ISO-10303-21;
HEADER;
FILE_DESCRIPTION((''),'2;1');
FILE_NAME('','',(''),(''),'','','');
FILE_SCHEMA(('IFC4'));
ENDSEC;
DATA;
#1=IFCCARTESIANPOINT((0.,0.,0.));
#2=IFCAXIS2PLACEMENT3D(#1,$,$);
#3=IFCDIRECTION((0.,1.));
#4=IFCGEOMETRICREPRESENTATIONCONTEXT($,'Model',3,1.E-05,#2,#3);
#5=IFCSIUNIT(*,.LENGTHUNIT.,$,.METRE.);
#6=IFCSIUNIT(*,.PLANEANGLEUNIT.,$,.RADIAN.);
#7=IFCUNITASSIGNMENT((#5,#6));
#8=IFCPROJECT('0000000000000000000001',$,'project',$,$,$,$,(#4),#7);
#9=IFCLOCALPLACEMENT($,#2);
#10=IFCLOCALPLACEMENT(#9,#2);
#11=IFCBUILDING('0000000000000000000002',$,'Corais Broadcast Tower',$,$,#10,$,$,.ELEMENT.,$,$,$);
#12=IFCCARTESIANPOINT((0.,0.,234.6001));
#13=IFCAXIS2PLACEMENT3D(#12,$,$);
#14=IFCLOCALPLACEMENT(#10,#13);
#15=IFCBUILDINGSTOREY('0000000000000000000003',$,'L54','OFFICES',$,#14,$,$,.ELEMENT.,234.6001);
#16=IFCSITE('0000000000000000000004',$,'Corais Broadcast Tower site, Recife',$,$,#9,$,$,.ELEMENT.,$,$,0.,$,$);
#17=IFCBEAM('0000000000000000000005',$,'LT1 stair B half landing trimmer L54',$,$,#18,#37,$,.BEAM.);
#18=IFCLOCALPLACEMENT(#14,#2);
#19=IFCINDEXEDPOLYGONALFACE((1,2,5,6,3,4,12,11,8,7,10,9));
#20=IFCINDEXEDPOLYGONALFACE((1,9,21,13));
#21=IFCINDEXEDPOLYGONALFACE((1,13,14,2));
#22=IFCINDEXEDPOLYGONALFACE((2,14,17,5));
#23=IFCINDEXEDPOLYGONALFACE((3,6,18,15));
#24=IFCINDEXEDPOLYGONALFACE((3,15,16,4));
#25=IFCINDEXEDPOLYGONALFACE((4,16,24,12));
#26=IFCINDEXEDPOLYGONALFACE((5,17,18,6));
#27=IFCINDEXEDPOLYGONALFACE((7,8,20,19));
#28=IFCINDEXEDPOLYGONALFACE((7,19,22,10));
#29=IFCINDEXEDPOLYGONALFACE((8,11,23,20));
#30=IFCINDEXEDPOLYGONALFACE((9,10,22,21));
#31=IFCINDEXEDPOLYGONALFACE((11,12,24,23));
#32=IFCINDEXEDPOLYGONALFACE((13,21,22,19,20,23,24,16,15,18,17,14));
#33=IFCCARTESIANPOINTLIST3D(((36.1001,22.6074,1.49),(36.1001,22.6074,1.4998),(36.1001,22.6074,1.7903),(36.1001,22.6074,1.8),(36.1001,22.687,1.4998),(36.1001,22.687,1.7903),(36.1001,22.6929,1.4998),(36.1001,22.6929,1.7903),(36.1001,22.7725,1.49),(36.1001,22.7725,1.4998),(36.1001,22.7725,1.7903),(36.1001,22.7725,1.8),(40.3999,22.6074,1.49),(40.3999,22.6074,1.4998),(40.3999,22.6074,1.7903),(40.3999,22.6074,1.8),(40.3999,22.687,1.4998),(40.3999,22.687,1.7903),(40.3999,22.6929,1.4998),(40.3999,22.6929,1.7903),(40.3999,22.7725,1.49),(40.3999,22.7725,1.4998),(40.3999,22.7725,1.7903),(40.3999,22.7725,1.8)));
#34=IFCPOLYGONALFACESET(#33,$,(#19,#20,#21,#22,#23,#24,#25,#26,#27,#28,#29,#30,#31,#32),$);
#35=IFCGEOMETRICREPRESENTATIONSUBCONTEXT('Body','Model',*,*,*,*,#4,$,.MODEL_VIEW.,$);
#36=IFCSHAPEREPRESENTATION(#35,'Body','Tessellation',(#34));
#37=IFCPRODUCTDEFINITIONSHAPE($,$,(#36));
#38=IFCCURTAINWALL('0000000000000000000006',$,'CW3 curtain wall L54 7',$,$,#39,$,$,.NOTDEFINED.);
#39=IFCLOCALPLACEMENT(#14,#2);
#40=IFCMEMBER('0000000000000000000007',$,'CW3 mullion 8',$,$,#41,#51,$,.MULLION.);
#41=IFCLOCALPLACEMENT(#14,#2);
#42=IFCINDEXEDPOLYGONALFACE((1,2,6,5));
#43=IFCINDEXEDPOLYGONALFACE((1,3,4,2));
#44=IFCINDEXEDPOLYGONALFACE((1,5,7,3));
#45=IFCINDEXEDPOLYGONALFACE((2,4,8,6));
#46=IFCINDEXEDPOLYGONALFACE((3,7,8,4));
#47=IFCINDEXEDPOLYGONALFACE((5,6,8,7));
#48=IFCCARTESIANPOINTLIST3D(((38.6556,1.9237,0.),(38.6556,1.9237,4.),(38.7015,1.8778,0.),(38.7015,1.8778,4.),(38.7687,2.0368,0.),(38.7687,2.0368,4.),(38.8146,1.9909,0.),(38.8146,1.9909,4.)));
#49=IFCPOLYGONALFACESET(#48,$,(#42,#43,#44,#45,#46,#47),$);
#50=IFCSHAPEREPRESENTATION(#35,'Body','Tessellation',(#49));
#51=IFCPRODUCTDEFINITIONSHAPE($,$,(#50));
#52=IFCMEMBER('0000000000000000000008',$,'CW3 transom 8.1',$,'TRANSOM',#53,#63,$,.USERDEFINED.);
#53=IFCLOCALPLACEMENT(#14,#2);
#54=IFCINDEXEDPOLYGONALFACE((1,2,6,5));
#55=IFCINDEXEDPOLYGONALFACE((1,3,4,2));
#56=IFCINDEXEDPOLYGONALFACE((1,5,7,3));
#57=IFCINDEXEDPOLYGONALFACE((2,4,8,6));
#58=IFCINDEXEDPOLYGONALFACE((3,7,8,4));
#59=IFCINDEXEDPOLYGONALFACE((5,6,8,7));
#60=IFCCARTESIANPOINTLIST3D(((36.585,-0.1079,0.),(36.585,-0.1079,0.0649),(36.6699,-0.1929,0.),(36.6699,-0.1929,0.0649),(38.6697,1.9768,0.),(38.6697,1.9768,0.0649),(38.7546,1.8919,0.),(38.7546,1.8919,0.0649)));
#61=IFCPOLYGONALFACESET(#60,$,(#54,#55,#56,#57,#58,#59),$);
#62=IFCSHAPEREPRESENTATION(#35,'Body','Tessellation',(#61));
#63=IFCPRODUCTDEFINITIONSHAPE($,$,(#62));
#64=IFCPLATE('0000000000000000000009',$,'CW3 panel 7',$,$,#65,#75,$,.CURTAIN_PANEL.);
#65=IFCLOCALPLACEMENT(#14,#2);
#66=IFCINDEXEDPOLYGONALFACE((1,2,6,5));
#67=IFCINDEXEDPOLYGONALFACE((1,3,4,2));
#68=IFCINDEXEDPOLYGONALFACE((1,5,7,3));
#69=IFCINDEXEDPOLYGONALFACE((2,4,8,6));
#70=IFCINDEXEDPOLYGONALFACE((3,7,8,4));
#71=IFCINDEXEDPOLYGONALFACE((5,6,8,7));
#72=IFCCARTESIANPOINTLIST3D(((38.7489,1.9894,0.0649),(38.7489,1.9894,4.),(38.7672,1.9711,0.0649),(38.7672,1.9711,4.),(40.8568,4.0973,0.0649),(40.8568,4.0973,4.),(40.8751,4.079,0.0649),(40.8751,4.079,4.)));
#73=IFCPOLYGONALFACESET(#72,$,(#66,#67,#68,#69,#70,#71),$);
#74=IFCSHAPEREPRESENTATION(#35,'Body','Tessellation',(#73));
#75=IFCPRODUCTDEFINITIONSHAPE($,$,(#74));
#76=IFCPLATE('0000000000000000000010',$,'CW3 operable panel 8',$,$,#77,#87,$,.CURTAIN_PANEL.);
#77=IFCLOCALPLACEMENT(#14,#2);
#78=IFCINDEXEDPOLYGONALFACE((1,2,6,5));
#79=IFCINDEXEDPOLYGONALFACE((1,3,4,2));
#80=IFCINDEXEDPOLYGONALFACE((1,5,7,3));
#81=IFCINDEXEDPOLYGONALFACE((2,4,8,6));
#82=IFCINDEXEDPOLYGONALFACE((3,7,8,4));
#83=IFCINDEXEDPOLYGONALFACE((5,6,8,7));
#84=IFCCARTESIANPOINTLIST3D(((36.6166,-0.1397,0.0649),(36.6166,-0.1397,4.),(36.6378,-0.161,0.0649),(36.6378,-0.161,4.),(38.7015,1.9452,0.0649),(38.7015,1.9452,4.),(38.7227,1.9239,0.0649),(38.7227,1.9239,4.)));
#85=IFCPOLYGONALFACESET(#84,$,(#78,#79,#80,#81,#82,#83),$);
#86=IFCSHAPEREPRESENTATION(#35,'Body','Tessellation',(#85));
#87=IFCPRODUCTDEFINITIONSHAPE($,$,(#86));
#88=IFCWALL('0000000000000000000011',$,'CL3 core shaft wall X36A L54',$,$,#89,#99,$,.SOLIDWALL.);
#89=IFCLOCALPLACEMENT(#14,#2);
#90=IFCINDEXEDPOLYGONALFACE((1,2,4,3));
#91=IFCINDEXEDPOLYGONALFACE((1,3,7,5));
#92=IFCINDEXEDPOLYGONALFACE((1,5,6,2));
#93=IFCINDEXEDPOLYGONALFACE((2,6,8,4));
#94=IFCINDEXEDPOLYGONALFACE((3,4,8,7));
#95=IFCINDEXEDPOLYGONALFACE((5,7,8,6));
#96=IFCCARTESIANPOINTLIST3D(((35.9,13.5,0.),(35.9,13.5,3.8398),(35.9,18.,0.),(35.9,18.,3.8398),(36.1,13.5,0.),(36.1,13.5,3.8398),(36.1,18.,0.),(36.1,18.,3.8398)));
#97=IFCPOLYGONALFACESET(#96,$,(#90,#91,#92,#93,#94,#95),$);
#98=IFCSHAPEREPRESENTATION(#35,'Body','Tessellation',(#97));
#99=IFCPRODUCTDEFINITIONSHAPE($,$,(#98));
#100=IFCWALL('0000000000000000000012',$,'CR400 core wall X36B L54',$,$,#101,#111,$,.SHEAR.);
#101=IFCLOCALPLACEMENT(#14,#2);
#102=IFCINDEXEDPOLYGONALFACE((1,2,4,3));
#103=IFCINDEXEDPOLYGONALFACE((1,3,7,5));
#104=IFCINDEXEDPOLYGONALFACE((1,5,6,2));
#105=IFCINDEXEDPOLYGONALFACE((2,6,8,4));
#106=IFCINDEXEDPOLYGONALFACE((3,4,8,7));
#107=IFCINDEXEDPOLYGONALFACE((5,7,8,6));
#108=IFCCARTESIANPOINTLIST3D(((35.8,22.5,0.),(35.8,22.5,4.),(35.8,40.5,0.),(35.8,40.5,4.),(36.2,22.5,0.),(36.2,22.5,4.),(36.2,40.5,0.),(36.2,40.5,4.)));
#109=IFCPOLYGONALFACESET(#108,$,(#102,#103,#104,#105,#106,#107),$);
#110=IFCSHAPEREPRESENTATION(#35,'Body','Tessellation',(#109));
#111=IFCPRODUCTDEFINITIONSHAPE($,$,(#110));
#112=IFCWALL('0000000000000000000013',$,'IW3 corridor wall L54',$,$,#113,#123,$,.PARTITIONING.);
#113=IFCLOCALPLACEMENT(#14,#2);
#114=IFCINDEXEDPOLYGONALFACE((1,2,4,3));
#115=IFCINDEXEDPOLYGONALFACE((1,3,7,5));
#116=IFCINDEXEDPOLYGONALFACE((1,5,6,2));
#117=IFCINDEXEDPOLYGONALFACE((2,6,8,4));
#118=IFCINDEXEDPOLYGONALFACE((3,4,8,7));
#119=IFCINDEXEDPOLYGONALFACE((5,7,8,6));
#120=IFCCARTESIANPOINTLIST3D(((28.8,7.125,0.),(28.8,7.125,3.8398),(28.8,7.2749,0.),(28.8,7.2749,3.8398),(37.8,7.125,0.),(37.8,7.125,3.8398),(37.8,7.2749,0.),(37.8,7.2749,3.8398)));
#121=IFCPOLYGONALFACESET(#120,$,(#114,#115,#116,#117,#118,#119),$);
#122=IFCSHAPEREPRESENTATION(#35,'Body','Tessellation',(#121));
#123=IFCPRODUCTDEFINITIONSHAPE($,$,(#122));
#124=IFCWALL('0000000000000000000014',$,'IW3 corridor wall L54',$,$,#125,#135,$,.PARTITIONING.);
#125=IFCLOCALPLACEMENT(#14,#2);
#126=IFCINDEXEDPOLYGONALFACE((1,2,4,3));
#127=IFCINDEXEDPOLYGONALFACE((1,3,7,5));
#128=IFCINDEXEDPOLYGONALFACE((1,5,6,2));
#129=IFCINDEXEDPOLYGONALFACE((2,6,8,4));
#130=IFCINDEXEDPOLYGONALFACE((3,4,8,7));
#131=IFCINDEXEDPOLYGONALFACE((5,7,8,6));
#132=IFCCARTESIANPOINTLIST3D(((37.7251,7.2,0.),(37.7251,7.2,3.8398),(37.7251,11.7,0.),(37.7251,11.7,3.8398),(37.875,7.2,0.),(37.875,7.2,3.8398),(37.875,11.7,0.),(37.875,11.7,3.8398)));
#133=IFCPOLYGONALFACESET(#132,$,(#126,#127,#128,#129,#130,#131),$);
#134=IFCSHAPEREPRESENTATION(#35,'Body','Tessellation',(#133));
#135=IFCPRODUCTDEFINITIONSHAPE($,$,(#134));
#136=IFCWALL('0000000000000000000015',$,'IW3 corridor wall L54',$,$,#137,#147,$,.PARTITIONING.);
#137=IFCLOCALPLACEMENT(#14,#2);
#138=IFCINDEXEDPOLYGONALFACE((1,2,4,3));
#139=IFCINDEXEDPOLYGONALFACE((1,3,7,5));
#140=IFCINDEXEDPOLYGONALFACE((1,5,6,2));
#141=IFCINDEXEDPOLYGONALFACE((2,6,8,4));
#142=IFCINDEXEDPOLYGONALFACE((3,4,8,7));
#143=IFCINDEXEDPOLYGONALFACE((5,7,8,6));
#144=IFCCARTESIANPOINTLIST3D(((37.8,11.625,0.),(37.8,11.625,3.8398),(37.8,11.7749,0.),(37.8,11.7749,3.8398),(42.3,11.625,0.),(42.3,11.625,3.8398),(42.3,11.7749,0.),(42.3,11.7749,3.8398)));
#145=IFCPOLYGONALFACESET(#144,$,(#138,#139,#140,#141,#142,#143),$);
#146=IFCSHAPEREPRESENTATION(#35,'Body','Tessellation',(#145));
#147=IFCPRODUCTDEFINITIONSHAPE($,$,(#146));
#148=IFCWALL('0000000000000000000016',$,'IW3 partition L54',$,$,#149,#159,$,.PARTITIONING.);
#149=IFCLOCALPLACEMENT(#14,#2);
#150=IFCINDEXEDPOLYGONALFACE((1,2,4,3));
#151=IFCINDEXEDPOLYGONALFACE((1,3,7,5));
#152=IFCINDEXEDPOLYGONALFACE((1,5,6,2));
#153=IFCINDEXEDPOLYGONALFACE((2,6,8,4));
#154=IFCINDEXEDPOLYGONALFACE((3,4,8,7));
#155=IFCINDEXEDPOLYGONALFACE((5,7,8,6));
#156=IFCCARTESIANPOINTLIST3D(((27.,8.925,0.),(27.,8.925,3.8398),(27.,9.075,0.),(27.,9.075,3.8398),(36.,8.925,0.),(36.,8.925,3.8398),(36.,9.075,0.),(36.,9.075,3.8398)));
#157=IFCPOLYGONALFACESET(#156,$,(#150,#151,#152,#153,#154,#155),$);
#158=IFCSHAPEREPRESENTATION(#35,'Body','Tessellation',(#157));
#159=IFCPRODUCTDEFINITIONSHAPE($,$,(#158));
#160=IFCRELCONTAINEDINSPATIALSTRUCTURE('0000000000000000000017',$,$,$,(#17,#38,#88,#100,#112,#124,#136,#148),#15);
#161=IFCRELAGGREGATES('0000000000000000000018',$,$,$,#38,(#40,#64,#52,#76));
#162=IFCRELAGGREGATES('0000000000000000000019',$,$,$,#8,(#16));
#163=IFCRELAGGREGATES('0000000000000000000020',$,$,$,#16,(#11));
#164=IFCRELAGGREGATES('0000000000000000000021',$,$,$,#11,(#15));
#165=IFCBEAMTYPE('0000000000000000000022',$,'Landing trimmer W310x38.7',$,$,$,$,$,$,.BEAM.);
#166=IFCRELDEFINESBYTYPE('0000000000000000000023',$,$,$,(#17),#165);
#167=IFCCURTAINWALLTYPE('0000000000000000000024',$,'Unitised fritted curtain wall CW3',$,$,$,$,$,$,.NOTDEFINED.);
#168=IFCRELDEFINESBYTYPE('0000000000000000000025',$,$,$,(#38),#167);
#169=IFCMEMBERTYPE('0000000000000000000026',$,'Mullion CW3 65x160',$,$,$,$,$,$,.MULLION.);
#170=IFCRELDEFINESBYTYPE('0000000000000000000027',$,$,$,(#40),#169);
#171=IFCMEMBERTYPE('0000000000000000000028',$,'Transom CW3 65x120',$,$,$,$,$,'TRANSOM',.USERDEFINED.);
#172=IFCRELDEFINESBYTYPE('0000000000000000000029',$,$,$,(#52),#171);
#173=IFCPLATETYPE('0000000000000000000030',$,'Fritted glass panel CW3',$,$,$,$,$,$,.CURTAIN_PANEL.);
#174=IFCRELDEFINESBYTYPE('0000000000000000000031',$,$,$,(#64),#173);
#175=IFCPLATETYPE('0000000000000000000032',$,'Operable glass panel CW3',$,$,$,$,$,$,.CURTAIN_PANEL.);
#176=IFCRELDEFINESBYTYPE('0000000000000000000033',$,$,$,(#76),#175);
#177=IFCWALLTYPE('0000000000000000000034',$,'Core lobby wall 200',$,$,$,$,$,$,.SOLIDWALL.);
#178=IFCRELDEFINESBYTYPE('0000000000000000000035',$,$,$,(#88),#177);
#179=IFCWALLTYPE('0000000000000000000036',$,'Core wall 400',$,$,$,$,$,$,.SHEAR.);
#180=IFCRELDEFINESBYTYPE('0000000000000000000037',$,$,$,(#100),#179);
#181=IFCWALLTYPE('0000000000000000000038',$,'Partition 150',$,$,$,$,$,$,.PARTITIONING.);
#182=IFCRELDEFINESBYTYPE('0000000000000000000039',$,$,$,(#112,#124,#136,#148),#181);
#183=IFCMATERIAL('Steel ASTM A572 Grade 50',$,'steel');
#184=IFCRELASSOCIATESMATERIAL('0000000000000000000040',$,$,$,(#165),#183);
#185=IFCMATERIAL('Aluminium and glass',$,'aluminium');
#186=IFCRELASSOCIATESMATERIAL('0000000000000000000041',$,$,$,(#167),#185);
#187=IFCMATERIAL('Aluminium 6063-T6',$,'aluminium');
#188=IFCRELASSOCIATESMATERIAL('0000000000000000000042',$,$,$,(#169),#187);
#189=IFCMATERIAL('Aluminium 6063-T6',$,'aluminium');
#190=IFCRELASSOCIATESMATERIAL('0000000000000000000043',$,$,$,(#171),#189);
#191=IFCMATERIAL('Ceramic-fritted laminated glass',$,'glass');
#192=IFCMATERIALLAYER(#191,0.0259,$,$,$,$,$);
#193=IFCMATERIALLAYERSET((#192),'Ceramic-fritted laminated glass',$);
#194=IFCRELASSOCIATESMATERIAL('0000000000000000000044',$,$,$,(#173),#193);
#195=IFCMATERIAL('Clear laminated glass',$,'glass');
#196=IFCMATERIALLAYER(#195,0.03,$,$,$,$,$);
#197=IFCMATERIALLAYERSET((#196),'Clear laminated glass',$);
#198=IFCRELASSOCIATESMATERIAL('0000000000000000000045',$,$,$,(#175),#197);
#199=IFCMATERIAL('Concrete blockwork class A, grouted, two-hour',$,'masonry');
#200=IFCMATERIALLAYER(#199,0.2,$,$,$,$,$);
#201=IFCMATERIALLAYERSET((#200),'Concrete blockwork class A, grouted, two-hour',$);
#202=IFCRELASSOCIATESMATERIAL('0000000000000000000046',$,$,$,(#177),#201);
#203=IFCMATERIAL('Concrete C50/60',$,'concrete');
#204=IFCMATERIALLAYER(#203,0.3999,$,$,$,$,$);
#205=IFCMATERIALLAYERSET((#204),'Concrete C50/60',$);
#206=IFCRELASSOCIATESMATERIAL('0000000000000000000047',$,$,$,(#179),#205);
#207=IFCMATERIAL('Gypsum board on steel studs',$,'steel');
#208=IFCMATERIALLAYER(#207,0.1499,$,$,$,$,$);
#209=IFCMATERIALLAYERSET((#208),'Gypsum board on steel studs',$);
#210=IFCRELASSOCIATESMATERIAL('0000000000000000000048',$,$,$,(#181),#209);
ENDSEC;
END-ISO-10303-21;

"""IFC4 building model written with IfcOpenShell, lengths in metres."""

from ifc_helpers import new_model, si_unit, direction, frame, frame_2d, origin, origin_2d, place, context, subcontext, project, spatial, rectangle, i_section, extrude, material, layer, layer_set, material_profile, profile_set, type_object, element, aggregate, save


model = new_model("IFC4")

# Units and contexts
model_context = context("Model", 3, precision=1e-05, world=origin(), true_north=direction((0.0, 1.0)))
body_context = subcontext(model_context, "Body", "Model", "MODEL_VIEW")
ifc_project = project(units=[si_unit("LENGTHUNIT", "METRE"), si_unit("PLANEANGLEUNIT", "RADIAN")], contexts=[model_context])

# Site, building, storey
site_placement = place(None, origin())
site = spatial("IfcSite", under=ifc_project, at=site_placement, Name="Corais Broadcast Tower site, Recife", CompositionType="ELEMENT", RefElevation=0.0)
building_placement = place(site_placement, origin())
building = spatial("IfcBuilding", under=site, at=building_placement, Name="Corais Broadcast Tower", CompositionType="ELEMENT")
storey_placement = place(building_placement, frame((0.0, 0.0, 234.6001)))
storey = spatial("IfcBuildingStorey", under=building, at=storey_placement, Name="L54", Description="OFFICES", CompositionType="ELEMENT", Elevation=234.6001)

# Beam
ifc_material_1 = material(Name="Steel ASTM A572 Grade 50", Category="steel")
ifc_material_profile_1 = material_profile(ifc_material_1, i_section(OverallWidth=0.165, OverallDepth=0.3101, WebThickness=0.0059, FlangeThickness=0.0098, at=origin_2d()), Name="W310x38.7")
ifc_profile_set_1 = profile_set([ifc_material_profile_1], Name="Steel ASTM A572 Grade 50")
beam_type = type_object("IfcBeamType", Name="Landing trimmer W310x38.7", PredefinedType="BEAM", material=ifc_profile_set_1)
beam_placement = place(storey_placement, frame((36.1001, 22.6899, 1.645), z_axis=(1.0, 0.0, 0.0), x_axis=(0.0, 1.0, 0.0)))
element("IfcBeam", 1, at=beam_placement, inside=storey, type_object=beam_type, Name="LT1 stair B half landing trimmer L54", PredefinedType="BEAM", context=body_context, shape_type="SweptSolid", body=[
    extrude(i_section(OverallWidth=0.165, OverallDepth=0.3101, WebThickness=0.0059, FlangeThickness=0.0098, at=origin_2d()), origin(), (0.0, 0.0, 1.0), 4.2998),
])

# Curtain wall, members, plates
ifc_material_2 = material(Name="Aluminium and glass", Category="aluminium")
curtain_wall_type = type_object("IfcCurtainWallType", Name="Unitised fritted curtain wall CW3", PredefinedType="NOTDEFINED", material=ifc_material_2)
curtain_wall_placement = place(storey_placement, origin())
curtain_wall = element("IfcCurtainWall", 2, at=curtain_wall_placement, inside=storey, type_object=curtain_wall_type, Name="CW3 curtain wall L54 7", PredefinedType="NOTDEFINED")
ifc_material_3 = material(Name="Aluminium 6063-T6", Category="aluminium")
ifc_material_profile_2 = material_profile(ifc_material_3, rectangle(XDim=0.0649, YDim=0.1599, at=origin_2d()), Name="Mullion CW3 65x160")
ifc_profile_set_2 = profile_set([ifc_material_profile_2], Name="Aluminium 6063-T6")
member_type_1 = type_object("IfcMemberType", Name="Mullion CW3 65x160", PredefinedType="MULLION", material=ifc_profile_set_2)
member_1_placement = place(storey_placement, frame((38.7351, 1.9573, 0.0), z_axis=(0.0, 0.0, 1.0), x_axis=(0.707107, -0.707107, 0.0)))
member_1 = element("IfcMember", 3, at=member_1_placement, type_object=member_type_1, Name="CW3 mullion 8", PredefinedType="MULLION", context=body_context, shape_type="SweptSolid", body=[
    extrude(rectangle(XDim=0.0649, YDim=0.1599, at=origin_2d()), origin(), (0.0, 0.0, 1.0), 4.0),
])
ifc_material_4 = material(Name="Aluminium 6063-T6", Category="aluminium")
ifc_material_profile_3 = material_profile(ifc_material_4, rectangle(XDim=0.1201, YDim=0.0649, at=origin_2d()), Name="Transom CW3 65x120")
ifc_profile_set_3 = profile_set([ifc_material_profile_3], Name="Aluminium 6063-T6")
member_type_2 = type_object("IfcMemberType", Name="Transom CW3 65x120", ElementType="TRANSOM", PredefinedType="USERDEFINED", material=ifc_profile_set_3)
member_2_placement = place(storey_placement, frame((38.7122, 1.9343, 0.0325), z_axis=(-0.707107, -0.707107, 0.0), x_axis=(0.707107, -0.707107, 0.0)))
member_2 = element("IfcMember", 4, at=member_2_placement, type_object=member_type_2, Name="CW3 transom 8.1", ObjectType="TRANSOM", PredefinedType="USERDEFINED", context=body_context, shape_type="SweptSolid", body=[
    extrude(rectangle(XDim=0.1201, YDim=0.0649, at=origin_2d()), origin(), (0.0, 0.0, 1.0), 2.9482),
])
ifc_material_5 = material(Name="Ceramic-fritted laminated glass", Category="glass")
ifc_layer_1 = layer(ifc_material_5, 0.0259)
ifc_layer_set_1 = layer_set([ifc_layer_1], Name="Ceramic-fritted laminated glass")
plate_type_1 = type_object("IfcPlateType", Name="Fritted glass panel CW3", PredefinedType="CURTAIN_PANEL", material=ifc_layer_set_1)
plate_1_placement = place(storey_placement, frame((39.812, 3.0342, 0.0649), z_axis=(0.0, 0.0, 1.0), x_axis=(-0.707107, -0.707107, 0.0)))
plate_1 = element("IfcPlate", 5, at=plate_1_placement, type_object=plate_type_1, Name="CW3 panel 7", PredefinedType="CURTAIN_PANEL", context=body_context, shape_type="SweptSolid", body=[
    extrude(rectangle(XDim=2.981, YDim=0.0259, at=origin_2d()), origin(), (0.0, 0.0, 1.0), 3.9351),
])
ifc_material_6 = material(Name="Clear laminated glass", Category="glass")
ifc_layer_2 = layer(ifc_material_6, 0.03)
ifc_layer_set_2 = layer_set([ifc_layer_2], Name="Clear laminated glass")
plate_type_2 = type_object("IfcPlateType", Name="Operable glass panel CW3", PredefinedType="CURTAIN_PANEL", material=ifc_layer_set_2)
plate_2_placement = place(storey_placement, frame((37.6697, 0.8921, 0.0649), z_axis=(0.0, 0.0, 1.0), x_axis=(-0.707107, -0.707107, 0.0)))
plate_2 = element("IfcPlate", 6, at=plate_2_placement, type_object=plate_type_2, Name="CW3 operable panel 8", PredefinedType="CURTAIN_PANEL", context=body_context, shape_type="SweptSolid", body=[
    extrude(rectangle(XDim=2.9485, YDim=0.03, at=origin_2d()), origin(), (0.0, 0.0, 1.0), 3.9351),
])
aggregate(curtain_wall, [member_1, plate_1, member_2, plate_2])

# Walls
ifc_material_7 = material(Name="Concrete blockwork class A, grouted, two-hour", Category="masonry")
ifc_layer_3 = layer(ifc_material_7, 0.2)
ifc_layer_set_3 = layer_set([ifc_layer_3], Name="Concrete blockwork class A, grouted, two-hour")
wall_type_1 = type_object("IfcWallType", Name="Core lobby wall 200", PredefinedType="SOLIDWALL", material=ifc_layer_set_3)
wall_1_placement = place(storey_placement, frame((36.0, 13.5, 0.0), z_axis=(0.0, 0.0, 1.0), x_axis=(0.0, 1.0, 0.0)))
element("IfcWall", 7, at=wall_1_placement, inside=storey, type_object=wall_type_1, Name="CL3 core shaft wall X36A L54", PredefinedType="SOLIDWALL", context=body_context, shape_type="SweptSolid", body=[
    extrude(rectangle(XDim=4.5, YDim=0.2, at=frame_2d((2.25, 0.0))), origin(), (0.0, 0.0, 1.0), 3.8398),
])
ifc_material_8 = material(Name="Concrete C50/60", Category="concrete")
ifc_layer_4 = layer(ifc_material_8, 0.3999)
ifc_layer_set_4 = layer_set([ifc_layer_4], Name="Concrete C50/60")
wall_type_2 = type_object("IfcWallType", Name="Core wall 400", PredefinedType="SHEAR", material=ifc_layer_set_4)
wall_2_placement = place(storey_placement, frame((36.0, 22.5, 0.0), z_axis=(0.0, 0.0, 1.0), x_axis=(0.0, 1.0, 0.0)))
element("IfcWall", 8, at=wall_2_placement, inside=storey, type_object=wall_type_2, Name="CR400 core wall X36B L54", PredefinedType="SHEAR", context=body_context, shape_type="SweptSolid", body=[
    extrude(rectangle(XDim=18.0, YDim=0.3999, at=frame_2d((9.0, 0.0))), origin(), (0.0, 0.0, 1.0), 4.0),
])
ifc_material_9 = material(Name="Gypsum board on steel studs", Category="steel")
ifc_layer_5 = layer(ifc_material_9, 0.1499)
ifc_layer_set_5 = layer_set([ifc_layer_5], Name="Gypsum board on steel studs")
wall_type_3 = type_object("IfcWallType", Name="Partition 150", PredefinedType="PARTITIONING", material=ifc_layer_set_5)
wall_3_placement = place(storey_placement, frame((28.8, 7.2, 0.0), z_axis=(0.0, 0.0, 1.0), x_axis=(1.0, 0.0, 0.0)))
element("IfcWall", 9, at=wall_3_placement, inside=storey, type_object=wall_type_3, Name="IW3 corridor wall L54", PredefinedType="PARTITIONING", context=body_context, shape_type="SweptSolid", body=[
    extrude(rectangle(XDim=9.0, YDim=0.1499, at=frame_2d((4.5, 0.0))), origin(), (0.0, 0.0, 1.0), 3.8398),
])
for number, where, z_axis, x_axis, name in (
    (10, (37.8, 7.2, 0.0), (0.0, 0.0, 1.0), (0.0, 1.0, 0.0), "IW3 corridor wall L54"),
    (11, (37.8, 11.7, 0.0), (0.0, 0.0, 1.0), (1.0, 0.0, 0.0), "IW3 corridor wall L54"),
):
    element("IfcWall", number, at=place(storey_placement, frame(where, z_axis=z_axis, x_axis=x_axis)), inside=storey, type_object=wall_type_3, Name=name, PredefinedType="PARTITIONING", context=body_context, shape_type="SweptSolid", body=[
        extrude(rectangle(XDim=4.5, YDim=0.1499, at=frame_2d((2.25, 0.0))), origin(), (0.0, 0.0, 1.0), 3.8398),
    ])
wall_4_placement = place(storey_placement, frame((27.0, 9.0, 0.0), z_axis=(0.0, 0.0, 1.0), x_axis=(1.0, 0.0, 0.0)))
element("IfcWall", 12, at=wall_4_placement, inside=storey, type_object=wall_type_3, Name="IW3 partition L54", PredefinedType="PARTITIONING", context=body_context, shape_type="SweptSolid", body=[
    extrude(rectangle(XDim=9.0, YDim=0.1499, at=frame_2d((4.5, 0.0))), origin(), (0.0, 0.0, 1.0), 3.8398),
])

save(model, "model.ifc")
